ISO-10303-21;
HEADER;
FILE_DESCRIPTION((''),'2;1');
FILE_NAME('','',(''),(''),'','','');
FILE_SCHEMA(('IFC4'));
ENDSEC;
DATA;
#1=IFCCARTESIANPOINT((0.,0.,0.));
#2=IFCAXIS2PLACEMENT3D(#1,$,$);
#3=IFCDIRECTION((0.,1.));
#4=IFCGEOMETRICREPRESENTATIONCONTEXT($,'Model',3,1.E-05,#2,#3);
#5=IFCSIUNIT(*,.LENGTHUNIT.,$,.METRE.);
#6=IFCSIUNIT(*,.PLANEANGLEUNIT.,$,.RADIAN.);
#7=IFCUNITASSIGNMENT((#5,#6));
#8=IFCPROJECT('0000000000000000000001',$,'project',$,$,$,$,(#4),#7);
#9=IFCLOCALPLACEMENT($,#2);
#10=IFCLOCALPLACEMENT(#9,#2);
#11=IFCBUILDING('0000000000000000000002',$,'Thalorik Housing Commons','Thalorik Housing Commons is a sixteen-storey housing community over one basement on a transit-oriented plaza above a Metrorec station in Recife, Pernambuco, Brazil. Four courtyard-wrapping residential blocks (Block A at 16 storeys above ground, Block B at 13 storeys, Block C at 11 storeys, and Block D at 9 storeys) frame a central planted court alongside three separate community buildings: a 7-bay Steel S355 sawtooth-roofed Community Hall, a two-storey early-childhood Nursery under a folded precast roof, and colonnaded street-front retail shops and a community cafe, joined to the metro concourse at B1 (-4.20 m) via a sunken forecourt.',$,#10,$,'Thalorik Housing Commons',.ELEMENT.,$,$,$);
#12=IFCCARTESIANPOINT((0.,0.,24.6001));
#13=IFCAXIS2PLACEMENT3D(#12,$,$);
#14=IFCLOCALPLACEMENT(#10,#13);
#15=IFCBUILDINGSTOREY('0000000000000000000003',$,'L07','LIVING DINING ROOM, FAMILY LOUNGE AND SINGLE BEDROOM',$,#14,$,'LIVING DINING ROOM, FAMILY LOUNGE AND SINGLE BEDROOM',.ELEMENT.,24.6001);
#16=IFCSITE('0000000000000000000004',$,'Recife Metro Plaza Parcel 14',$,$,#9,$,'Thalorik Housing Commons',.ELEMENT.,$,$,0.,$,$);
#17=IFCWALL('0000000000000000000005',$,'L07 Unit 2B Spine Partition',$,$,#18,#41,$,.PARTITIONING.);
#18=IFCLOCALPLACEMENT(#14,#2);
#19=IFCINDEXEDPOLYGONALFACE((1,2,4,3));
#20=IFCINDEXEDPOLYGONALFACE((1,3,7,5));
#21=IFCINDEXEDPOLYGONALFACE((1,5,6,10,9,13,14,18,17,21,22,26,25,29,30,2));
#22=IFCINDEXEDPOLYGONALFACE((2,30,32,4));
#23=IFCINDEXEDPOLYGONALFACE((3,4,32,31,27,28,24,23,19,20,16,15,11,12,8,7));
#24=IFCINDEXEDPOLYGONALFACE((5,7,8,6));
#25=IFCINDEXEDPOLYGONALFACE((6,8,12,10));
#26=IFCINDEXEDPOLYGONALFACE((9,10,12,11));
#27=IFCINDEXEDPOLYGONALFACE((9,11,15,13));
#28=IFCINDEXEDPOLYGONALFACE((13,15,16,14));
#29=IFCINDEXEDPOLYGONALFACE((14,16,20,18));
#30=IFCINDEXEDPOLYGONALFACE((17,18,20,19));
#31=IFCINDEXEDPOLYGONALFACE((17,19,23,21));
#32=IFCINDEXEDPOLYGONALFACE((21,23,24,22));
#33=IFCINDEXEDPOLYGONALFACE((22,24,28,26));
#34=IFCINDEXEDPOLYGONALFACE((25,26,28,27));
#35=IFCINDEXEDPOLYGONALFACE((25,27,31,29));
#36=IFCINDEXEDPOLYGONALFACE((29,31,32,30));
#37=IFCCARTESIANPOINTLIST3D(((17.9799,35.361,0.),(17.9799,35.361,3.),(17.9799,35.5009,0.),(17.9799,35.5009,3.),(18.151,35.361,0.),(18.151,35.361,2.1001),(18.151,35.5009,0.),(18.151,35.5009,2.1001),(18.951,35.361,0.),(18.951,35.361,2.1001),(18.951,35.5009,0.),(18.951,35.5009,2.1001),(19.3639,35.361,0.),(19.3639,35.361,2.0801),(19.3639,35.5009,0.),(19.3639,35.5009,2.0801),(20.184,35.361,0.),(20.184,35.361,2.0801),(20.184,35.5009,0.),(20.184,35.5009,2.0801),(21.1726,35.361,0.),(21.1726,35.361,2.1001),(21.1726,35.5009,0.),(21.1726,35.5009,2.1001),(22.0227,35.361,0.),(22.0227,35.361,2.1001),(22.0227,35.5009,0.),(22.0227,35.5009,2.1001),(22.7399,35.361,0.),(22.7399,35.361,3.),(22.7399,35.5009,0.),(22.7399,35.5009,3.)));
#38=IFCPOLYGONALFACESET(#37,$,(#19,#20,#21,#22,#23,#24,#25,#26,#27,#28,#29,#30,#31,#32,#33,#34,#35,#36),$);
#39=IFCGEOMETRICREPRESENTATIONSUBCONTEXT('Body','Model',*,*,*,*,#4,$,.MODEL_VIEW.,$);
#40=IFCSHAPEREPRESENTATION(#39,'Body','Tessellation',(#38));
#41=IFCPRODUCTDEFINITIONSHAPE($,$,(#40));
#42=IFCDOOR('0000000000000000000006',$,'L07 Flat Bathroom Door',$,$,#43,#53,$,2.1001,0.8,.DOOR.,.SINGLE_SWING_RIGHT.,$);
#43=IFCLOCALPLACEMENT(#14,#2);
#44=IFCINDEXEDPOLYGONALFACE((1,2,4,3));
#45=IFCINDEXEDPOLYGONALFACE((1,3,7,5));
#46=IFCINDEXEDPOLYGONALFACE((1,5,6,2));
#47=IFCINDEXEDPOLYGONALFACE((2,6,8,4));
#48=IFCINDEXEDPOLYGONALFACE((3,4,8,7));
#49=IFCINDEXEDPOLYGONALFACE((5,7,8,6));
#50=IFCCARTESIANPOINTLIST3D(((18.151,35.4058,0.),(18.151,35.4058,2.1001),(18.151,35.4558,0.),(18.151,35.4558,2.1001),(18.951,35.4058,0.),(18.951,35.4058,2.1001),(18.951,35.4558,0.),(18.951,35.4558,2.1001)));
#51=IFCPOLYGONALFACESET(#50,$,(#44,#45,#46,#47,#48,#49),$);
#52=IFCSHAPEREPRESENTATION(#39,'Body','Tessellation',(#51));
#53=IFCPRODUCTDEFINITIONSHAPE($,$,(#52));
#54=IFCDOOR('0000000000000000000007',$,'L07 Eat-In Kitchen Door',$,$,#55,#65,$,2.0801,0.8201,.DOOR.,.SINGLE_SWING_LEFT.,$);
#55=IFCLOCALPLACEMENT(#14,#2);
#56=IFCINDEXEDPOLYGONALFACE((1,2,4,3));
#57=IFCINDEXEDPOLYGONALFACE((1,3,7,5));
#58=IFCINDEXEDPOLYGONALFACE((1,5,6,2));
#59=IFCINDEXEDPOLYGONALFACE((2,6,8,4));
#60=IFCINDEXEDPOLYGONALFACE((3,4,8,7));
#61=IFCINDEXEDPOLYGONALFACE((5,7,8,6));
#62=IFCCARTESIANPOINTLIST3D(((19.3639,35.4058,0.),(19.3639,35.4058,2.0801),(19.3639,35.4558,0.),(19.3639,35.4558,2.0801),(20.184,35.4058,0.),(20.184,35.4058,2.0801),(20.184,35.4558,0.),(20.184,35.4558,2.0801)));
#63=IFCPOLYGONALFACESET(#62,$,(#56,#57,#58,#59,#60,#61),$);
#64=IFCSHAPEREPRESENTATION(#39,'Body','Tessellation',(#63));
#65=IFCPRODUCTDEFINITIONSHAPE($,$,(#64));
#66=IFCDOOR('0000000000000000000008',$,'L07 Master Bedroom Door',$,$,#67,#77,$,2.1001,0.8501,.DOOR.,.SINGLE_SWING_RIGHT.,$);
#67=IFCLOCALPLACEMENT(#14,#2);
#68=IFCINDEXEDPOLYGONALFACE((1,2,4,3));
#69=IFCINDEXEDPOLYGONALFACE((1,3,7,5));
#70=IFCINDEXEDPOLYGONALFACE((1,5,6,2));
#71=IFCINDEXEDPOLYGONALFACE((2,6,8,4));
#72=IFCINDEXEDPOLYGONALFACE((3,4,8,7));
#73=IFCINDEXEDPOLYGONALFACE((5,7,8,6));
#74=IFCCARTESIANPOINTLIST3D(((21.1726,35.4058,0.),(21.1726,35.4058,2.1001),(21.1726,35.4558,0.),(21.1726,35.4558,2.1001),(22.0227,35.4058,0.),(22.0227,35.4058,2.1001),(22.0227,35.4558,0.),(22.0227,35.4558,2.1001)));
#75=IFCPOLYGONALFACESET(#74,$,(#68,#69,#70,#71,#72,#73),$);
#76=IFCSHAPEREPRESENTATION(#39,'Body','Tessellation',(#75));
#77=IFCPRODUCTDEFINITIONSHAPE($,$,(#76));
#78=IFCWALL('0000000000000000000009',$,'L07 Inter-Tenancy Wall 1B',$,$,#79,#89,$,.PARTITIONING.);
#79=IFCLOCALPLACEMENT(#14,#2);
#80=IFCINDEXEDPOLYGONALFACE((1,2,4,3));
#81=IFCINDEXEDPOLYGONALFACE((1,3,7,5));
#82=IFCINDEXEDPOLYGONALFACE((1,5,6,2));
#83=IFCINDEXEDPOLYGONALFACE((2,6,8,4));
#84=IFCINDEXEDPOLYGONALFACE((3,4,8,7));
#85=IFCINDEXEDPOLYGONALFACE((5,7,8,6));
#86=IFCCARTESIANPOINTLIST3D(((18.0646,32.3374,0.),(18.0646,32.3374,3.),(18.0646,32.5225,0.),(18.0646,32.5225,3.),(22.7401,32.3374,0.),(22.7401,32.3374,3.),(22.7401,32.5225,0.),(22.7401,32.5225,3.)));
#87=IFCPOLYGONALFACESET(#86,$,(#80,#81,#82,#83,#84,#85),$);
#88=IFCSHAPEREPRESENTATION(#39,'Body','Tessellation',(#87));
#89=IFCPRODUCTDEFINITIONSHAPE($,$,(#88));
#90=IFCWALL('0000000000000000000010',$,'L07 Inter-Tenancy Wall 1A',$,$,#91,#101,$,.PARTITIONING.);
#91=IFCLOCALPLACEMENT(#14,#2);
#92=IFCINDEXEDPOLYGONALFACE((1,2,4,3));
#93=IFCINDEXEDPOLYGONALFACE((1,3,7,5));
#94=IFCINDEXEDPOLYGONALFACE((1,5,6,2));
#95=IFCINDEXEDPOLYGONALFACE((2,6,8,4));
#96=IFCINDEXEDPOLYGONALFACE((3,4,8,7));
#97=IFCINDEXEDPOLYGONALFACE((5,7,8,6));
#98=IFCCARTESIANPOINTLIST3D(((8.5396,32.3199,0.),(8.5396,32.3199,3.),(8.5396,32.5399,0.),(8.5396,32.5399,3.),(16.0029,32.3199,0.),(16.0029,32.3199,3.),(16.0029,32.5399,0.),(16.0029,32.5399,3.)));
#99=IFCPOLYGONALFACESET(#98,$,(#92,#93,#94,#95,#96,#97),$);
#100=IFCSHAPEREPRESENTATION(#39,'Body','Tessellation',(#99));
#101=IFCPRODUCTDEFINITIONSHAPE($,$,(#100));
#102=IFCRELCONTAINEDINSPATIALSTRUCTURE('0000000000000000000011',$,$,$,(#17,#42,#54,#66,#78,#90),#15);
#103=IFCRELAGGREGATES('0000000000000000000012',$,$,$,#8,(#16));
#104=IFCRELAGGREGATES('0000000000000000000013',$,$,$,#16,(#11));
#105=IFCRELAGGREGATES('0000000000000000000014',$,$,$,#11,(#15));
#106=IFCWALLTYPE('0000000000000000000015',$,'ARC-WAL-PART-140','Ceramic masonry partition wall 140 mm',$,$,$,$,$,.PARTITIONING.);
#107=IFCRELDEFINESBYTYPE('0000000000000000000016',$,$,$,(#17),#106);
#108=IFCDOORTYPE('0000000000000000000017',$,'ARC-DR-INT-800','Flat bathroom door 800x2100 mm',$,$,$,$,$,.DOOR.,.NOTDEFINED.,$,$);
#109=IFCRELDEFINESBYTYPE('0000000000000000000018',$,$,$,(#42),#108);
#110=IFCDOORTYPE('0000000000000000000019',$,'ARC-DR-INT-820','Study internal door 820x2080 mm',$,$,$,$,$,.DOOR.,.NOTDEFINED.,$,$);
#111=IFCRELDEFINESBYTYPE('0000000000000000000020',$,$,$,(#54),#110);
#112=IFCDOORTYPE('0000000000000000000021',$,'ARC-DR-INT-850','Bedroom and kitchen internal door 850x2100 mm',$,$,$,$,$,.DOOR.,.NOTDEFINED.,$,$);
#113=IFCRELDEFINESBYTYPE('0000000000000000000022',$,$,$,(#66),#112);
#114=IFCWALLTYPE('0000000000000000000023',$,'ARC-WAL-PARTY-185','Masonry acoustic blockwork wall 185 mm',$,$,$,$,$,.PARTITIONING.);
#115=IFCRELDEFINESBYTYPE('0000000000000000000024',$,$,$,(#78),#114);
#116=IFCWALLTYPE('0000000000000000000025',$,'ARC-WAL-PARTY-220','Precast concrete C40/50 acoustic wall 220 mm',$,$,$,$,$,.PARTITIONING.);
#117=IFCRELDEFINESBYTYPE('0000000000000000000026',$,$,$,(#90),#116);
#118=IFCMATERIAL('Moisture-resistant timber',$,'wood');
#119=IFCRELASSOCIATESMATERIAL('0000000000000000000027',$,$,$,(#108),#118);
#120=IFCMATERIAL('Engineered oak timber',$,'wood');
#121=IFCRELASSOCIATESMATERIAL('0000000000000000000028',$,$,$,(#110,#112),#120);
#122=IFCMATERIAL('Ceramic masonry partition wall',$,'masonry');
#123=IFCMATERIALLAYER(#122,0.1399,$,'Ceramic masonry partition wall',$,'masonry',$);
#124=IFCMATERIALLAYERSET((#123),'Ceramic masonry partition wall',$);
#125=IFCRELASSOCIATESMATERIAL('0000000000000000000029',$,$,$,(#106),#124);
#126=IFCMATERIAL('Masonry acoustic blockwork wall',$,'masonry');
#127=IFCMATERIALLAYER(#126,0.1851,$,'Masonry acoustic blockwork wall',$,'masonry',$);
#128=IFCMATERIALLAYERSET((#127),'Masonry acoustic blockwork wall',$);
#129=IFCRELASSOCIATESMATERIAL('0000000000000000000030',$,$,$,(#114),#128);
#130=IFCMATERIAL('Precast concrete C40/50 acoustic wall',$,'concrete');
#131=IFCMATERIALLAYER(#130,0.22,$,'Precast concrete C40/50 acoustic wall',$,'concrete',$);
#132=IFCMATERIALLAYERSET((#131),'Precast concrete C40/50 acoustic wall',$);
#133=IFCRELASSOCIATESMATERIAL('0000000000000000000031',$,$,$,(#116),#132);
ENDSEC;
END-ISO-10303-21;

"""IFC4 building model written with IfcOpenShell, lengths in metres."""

from ifc_helpers import new_model, si_unit, direction, frame, frame_2d, origin, place, context, subcontext, project, spatial, rectangle, extrude, material, layer, layer_set, type_object, element, fill, save


model = new_model("IFC4")

# Units and contexts
model_context = context("Model", 3, precision=1e-05, world=origin(), true_north=direction((0.0, 1.0)))
body_context = subcontext(model_context, "Body", "Model", "MODEL_VIEW")
ifc_project = project(units=[si_unit("LENGTHUNIT", "METRE"), si_unit("PLANEANGLEUNIT", "RADIAN")], contexts=[model_context])

# Site, building, storey
site_placement = place(None, origin())
site = spatial("IfcSite", under=ifc_project, at=site_placement, Name="Recife Metro Plaza Parcel 14", LongName="Thalorik Housing Commons", CompositionType="ELEMENT", RefElevation=0.0)
building_placement = place(site_placement, origin())
building = spatial("IfcBuilding", under=site, at=building_placement, Name="Thalorik Housing Commons", Description="Thalorik Housing Commons is a sixteen-storey housing community over one basement on a transit-oriented plaza above a Metrorec station in Recife, Pernambuco, Brazil. Four courtyard-wrapping residential blocks (Block A at 16 storeys above ground, Block B at 13 storeys, Block C at 11 storeys, and Block D at 9 storeys) frame a central planted court alongside three separate community buildings: a 7-bay Steel S355 sawtooth-roofed Community Hall, a two-storey early-childhood Nursery under a folded precast roof, and colonnaded street-front retail shops and a community cafe, joined to the metro concourse at B1 (-4.20 m) via a sunken forecourt.", LongName="Thalorik Housing Commons", CompositionType="ELEMENT")
storey_placement = place(building_placement, frame((0.0, 0.0, 24.6001)))
storey = spatial("IfcBuildingStorey", under=building, at=storey_placement, Name="L07", Description="LIVING DINING ROOM, FAMILY LOUNGE AND SINGLE BEDROOM", LongName="LIVING DINING ROOM, FAMILY LOUNGE AND SINGLE BEDROOM", CompositionType="ELEMENT", Elevation=24.6001)

# Wall, openings, doors
ifc_material_1 = material(Name="Moisture-resistant timber", Category="wood")
door_type_1 = type_object("IfcDoorType", Name="ARC-DR-INT-800", Description="Flat bathroom door 800x2100 mm", OperationType="NOTDEFINED", PredefinedType="DOOR", material=ifc_material_1)
ifc_material_2 = material(Name="Engineered oak timber", Category="wood")
door_type_2 = type_object("IfcDoorType", Name="ARC-DR-INT-820", Description="Study internal door 820x2080 mm", OperationType="NOTDEFINED", PredefinedType="DOOR", material=ifc_material_2)
door_type_3 = type_object("IfcDoorType", Name="ARC-DR-INT-850", Description="Bedroom and kitchen internal door 850x2100 mm", OperationType="NOTDEFINED", PredefinedType="DOOR", material=ifc_material_2)
ifc_material_3 = material(Name="Ceramic masonry partition wall", Category="masonry")
ifc_layer_1 = layer(ifc_material_3, 0.1399, Name="Ceramic masonry partition wall", Category="masonry")
ifc_layer_set_1 = layer_set([ifc_layer_1], Name="Ceramic masonry partition wall")
wall_type_1 = type_object("IfcWallType", Name="ARC-WAL-PART-140", Description="Ceramic masonry partition wall 140 mm", PredefinedType="PARTITIONING", material=ifc_layer_set_1)
wall_1_placement = place(storey_placement, frame((17.98, 35.4309, 0.0), z_axis=(0.0, 0.0, 1.0), x_axis=(1.0, 0.0, 0.0)))
wall_1 = element("IfcWall", 1, at=wall_1_placement, inside=storey, type_object=wall_type_1, Name="L07 Unit 2B Spine Partition", PredefinedType="PARTITIONING", context=body_context, shape_type="SweptSolid", body=[
    extrude(rectangle(XDim=4.76, YDim=0.1399, at=frame_2d((2.3799, 0.0))), origin(), (0.0, 0.0, 1.0), 3.0),
])
opening_1_placement = place(wall_1_placement, frame((0.1711, 0.0, 0.0)))
opening_1 = element("IfcOpeningElement", 2, at=opening_1_placement, cuts=wall_1, PredefinedType="OPENING", context=body_context, shape_type="SweptSolid", body=[
    extrude(rectangle(XDim=0.8, YDim=2.1001, at=frame_2d((0.3999, 1.05))), frame((0.0, 0.0801, 0.0), z_axis=(0.0, -1.0, 0.0), x_axis=(1.0, 0.0, 0.0)), (0.0, 0.0, 1.0), 0.1599),
])
opening_2_placement = place(wall_1_placement, frame((1.3838, 0.0, 0.0)))
opening_2 = element("IfcOpeningElement", 3, at=opening_2_placement, cuts=wall_1, PredefinedType="OPENING", context=body_context, shape_type="SweptSolid", body=[
    extrude(rectangle(XDim=0.8201, YDim=2.0801, at=frame_2d((0.4102, 1.04))), frame((0.0, 0.0801, 0.0), z_axis=(0.0, -1.0, 0.0), x_axis=(1.0, 0.0, 0.0)), (0.0, 0.0, 1.0), 0.1599),
])
opening_3_placement = place(wall_1_placement, frame((3.1926, 0.0, 0.0)))
opening_3 = element("IfcOpeningElement", 4, at=opening_3_placement, cuts=wall_1, PredefinedType="OPENING", context=body_context, shape_type="SweptSolid", body=[
    extrude(rectangle(XDim=0.8501, YDim=2.1001, at=frame_2d((0.425, 1.05))), frame((0.0, 0.0801, 0.0), z_axis=(0.0, -1.0, 0.0), x_axis=(1.0, 0.0, 0.0)), (0.0, 0.0, 1.0), 0.1599),
])
door_1_placement = place(opening_1_placement, origin())
door_1 = element("IfcDoor", 5, at=door_1_placement, inside=storey, type_object=door_type_1, Name="L07 Flat Bathroom Door", OperationType="SINGLE_SWING_RIGHT", OverallHeight=2.1001, OverallWidth=0.8, PredefinedType="DOOR", context=body_context, shape_type="SweptSolid", body=[
    extrude(rectangle(XDim=0.8, YDim=2.1001, at=frame_2d((0.3999, 1.05))), frame((0.0, 0.0249, 0.0), z_axis=(0.0, -1.0, 0.0), x_axis=(1.0, 0.0, 0.0)), (0.0, 0.0, 1.0), 0.05),
])
fill(opening_1, door_1)
door_2_placement = place(opening_2_placement, origin())
door_2 = element("IfcDoor", 6, at=door_2_placement, inside=storey, type_object=door_type_2, Name="L07 Eat-In Kitchen Door", OperationType="SINGLE_SWING_LEFT", OverallHeight=2.0801, OverallWidth=0.8201, PredefinedType="DOOR", context=body_context, shape_type="SweptSolid", body=[
    extrude(rectangle(XDim=0.8201, YDim=2.0801, at=frame_2d((0.4102, 1.04))), frame((0.0, 0.0249, 0.0), z_axis=(0.0, -1.0, 0.0), x_axis=(1.0, 0.0, 0.0)), (0.0, 0.0, 1.0), 0.05),
])
fill(opening_2, door_2)
door_3_placement = place(opening_3_placement, origin())
door_3 = element("IfcDoor", 7, at=door_3_placement, inside=storey, type_object=door_type_3, Name="L07 Master Bedroom Door", OperationType="SINGLE_SWING_RIGHT", OverallHeight=2.1001, OverallWidth=0.8501, PredefinedType="DOOR", context=body_context, shape_type="SweptSolid", body=[
    extrude(rectangle(XDim=0.8501, YDim=2.1001, at=frame_2d((0.425, 1.05))), frame((0.0, 0.0249, 0.0), z_axis=(0.0, -1.0, 0.0), x_axis=(1.0, 0.0, 0.0)), (0.0, 0.0, 1.0), 0.05),
])
fill(opening_3, door_3)

# Walls
ifc_material_4 = material(Name="Masonry acoustic blockwork wall", Category="masonry")
ifc_layer_2 = layer(ifc_material_4, 0.1851, Name="Masonry acoustic blockwork wall", Category="masonry")
ifc_layer_set_2 = layer_set([ifc_layer_2], Name="Masonry acoustic blockwork wall")
wall_type_2 = type_object("IfcWallType", Name="ARC-WAL-PARTY-185", Description="Masonry acoustic blockwork wall 185 mm", PredefinedType="PARTITIONING", material=ifc_layer_set_2)
wall_2_placement = place(storey_placement, frame((18.0645, 32.4299, 0.0), z_axis=(0.0, 0.0, 1.0), x_axis=(1.0, 0.0, 0.0)))
element("IfcWall", 8, at=wall_2_placement, inside=storey, type_object=wall_type_2, Name="L07 Inter-Tenancy Wall 1B", PredefinedType="PARTITIONING", context=body_context, shape_type="SweptSolid", body=[
    extrude(rectangle(XDim=4.6755, YDim=0.1851, at=frame_2d((2.3379, 0.0))), origin(), (0.0, 0.0, 1.0), 3.0),
])
ifc_material_5 = material(Name="Precast concrete C40/50 acoustic wall", Category="concrete")
ifc_layer_3 = layer(ifc_material_5, 0.22, Name="Precast concrete C40/50 acoustic wall", Category="concrete")
ifc_layer_set_3 = layer_set([ifc_layer_3], Name="Precast concrete C40/50 acoustic wall")
wall_type_3 = type_object("IfcWallType", Name="ARC-WAL-PARTY-220", Description="Precast concrete C40/50 acoustic wall 220 mm", PredefinedType="PARTITIONING", material=ifc_layer_set_3)
wall_3_placement = place(storey_placement, frame((8.5396, 32.4299, 0.0), z_axis=(0.0, 0.0, 1.0), x_axis=(1.0, 0.0, 0.0)))
element("IfcWall", 9, at=wall_3_placement, inside=storey, type_object=wall_type_3, Name="L07 Inter-Tenancy Wall 1A", PredefinedType="PARTITIONING", context=body_context, shape_type="SweptSolid", body=[
    extrude(rectangle(XDim=7.4634, YDim=0.22, at=frame_2d((3.7317, 0.0))), origin(), (0.0, 0.0, 1.0), 3.0),
])

save(model, "model.ifc")
